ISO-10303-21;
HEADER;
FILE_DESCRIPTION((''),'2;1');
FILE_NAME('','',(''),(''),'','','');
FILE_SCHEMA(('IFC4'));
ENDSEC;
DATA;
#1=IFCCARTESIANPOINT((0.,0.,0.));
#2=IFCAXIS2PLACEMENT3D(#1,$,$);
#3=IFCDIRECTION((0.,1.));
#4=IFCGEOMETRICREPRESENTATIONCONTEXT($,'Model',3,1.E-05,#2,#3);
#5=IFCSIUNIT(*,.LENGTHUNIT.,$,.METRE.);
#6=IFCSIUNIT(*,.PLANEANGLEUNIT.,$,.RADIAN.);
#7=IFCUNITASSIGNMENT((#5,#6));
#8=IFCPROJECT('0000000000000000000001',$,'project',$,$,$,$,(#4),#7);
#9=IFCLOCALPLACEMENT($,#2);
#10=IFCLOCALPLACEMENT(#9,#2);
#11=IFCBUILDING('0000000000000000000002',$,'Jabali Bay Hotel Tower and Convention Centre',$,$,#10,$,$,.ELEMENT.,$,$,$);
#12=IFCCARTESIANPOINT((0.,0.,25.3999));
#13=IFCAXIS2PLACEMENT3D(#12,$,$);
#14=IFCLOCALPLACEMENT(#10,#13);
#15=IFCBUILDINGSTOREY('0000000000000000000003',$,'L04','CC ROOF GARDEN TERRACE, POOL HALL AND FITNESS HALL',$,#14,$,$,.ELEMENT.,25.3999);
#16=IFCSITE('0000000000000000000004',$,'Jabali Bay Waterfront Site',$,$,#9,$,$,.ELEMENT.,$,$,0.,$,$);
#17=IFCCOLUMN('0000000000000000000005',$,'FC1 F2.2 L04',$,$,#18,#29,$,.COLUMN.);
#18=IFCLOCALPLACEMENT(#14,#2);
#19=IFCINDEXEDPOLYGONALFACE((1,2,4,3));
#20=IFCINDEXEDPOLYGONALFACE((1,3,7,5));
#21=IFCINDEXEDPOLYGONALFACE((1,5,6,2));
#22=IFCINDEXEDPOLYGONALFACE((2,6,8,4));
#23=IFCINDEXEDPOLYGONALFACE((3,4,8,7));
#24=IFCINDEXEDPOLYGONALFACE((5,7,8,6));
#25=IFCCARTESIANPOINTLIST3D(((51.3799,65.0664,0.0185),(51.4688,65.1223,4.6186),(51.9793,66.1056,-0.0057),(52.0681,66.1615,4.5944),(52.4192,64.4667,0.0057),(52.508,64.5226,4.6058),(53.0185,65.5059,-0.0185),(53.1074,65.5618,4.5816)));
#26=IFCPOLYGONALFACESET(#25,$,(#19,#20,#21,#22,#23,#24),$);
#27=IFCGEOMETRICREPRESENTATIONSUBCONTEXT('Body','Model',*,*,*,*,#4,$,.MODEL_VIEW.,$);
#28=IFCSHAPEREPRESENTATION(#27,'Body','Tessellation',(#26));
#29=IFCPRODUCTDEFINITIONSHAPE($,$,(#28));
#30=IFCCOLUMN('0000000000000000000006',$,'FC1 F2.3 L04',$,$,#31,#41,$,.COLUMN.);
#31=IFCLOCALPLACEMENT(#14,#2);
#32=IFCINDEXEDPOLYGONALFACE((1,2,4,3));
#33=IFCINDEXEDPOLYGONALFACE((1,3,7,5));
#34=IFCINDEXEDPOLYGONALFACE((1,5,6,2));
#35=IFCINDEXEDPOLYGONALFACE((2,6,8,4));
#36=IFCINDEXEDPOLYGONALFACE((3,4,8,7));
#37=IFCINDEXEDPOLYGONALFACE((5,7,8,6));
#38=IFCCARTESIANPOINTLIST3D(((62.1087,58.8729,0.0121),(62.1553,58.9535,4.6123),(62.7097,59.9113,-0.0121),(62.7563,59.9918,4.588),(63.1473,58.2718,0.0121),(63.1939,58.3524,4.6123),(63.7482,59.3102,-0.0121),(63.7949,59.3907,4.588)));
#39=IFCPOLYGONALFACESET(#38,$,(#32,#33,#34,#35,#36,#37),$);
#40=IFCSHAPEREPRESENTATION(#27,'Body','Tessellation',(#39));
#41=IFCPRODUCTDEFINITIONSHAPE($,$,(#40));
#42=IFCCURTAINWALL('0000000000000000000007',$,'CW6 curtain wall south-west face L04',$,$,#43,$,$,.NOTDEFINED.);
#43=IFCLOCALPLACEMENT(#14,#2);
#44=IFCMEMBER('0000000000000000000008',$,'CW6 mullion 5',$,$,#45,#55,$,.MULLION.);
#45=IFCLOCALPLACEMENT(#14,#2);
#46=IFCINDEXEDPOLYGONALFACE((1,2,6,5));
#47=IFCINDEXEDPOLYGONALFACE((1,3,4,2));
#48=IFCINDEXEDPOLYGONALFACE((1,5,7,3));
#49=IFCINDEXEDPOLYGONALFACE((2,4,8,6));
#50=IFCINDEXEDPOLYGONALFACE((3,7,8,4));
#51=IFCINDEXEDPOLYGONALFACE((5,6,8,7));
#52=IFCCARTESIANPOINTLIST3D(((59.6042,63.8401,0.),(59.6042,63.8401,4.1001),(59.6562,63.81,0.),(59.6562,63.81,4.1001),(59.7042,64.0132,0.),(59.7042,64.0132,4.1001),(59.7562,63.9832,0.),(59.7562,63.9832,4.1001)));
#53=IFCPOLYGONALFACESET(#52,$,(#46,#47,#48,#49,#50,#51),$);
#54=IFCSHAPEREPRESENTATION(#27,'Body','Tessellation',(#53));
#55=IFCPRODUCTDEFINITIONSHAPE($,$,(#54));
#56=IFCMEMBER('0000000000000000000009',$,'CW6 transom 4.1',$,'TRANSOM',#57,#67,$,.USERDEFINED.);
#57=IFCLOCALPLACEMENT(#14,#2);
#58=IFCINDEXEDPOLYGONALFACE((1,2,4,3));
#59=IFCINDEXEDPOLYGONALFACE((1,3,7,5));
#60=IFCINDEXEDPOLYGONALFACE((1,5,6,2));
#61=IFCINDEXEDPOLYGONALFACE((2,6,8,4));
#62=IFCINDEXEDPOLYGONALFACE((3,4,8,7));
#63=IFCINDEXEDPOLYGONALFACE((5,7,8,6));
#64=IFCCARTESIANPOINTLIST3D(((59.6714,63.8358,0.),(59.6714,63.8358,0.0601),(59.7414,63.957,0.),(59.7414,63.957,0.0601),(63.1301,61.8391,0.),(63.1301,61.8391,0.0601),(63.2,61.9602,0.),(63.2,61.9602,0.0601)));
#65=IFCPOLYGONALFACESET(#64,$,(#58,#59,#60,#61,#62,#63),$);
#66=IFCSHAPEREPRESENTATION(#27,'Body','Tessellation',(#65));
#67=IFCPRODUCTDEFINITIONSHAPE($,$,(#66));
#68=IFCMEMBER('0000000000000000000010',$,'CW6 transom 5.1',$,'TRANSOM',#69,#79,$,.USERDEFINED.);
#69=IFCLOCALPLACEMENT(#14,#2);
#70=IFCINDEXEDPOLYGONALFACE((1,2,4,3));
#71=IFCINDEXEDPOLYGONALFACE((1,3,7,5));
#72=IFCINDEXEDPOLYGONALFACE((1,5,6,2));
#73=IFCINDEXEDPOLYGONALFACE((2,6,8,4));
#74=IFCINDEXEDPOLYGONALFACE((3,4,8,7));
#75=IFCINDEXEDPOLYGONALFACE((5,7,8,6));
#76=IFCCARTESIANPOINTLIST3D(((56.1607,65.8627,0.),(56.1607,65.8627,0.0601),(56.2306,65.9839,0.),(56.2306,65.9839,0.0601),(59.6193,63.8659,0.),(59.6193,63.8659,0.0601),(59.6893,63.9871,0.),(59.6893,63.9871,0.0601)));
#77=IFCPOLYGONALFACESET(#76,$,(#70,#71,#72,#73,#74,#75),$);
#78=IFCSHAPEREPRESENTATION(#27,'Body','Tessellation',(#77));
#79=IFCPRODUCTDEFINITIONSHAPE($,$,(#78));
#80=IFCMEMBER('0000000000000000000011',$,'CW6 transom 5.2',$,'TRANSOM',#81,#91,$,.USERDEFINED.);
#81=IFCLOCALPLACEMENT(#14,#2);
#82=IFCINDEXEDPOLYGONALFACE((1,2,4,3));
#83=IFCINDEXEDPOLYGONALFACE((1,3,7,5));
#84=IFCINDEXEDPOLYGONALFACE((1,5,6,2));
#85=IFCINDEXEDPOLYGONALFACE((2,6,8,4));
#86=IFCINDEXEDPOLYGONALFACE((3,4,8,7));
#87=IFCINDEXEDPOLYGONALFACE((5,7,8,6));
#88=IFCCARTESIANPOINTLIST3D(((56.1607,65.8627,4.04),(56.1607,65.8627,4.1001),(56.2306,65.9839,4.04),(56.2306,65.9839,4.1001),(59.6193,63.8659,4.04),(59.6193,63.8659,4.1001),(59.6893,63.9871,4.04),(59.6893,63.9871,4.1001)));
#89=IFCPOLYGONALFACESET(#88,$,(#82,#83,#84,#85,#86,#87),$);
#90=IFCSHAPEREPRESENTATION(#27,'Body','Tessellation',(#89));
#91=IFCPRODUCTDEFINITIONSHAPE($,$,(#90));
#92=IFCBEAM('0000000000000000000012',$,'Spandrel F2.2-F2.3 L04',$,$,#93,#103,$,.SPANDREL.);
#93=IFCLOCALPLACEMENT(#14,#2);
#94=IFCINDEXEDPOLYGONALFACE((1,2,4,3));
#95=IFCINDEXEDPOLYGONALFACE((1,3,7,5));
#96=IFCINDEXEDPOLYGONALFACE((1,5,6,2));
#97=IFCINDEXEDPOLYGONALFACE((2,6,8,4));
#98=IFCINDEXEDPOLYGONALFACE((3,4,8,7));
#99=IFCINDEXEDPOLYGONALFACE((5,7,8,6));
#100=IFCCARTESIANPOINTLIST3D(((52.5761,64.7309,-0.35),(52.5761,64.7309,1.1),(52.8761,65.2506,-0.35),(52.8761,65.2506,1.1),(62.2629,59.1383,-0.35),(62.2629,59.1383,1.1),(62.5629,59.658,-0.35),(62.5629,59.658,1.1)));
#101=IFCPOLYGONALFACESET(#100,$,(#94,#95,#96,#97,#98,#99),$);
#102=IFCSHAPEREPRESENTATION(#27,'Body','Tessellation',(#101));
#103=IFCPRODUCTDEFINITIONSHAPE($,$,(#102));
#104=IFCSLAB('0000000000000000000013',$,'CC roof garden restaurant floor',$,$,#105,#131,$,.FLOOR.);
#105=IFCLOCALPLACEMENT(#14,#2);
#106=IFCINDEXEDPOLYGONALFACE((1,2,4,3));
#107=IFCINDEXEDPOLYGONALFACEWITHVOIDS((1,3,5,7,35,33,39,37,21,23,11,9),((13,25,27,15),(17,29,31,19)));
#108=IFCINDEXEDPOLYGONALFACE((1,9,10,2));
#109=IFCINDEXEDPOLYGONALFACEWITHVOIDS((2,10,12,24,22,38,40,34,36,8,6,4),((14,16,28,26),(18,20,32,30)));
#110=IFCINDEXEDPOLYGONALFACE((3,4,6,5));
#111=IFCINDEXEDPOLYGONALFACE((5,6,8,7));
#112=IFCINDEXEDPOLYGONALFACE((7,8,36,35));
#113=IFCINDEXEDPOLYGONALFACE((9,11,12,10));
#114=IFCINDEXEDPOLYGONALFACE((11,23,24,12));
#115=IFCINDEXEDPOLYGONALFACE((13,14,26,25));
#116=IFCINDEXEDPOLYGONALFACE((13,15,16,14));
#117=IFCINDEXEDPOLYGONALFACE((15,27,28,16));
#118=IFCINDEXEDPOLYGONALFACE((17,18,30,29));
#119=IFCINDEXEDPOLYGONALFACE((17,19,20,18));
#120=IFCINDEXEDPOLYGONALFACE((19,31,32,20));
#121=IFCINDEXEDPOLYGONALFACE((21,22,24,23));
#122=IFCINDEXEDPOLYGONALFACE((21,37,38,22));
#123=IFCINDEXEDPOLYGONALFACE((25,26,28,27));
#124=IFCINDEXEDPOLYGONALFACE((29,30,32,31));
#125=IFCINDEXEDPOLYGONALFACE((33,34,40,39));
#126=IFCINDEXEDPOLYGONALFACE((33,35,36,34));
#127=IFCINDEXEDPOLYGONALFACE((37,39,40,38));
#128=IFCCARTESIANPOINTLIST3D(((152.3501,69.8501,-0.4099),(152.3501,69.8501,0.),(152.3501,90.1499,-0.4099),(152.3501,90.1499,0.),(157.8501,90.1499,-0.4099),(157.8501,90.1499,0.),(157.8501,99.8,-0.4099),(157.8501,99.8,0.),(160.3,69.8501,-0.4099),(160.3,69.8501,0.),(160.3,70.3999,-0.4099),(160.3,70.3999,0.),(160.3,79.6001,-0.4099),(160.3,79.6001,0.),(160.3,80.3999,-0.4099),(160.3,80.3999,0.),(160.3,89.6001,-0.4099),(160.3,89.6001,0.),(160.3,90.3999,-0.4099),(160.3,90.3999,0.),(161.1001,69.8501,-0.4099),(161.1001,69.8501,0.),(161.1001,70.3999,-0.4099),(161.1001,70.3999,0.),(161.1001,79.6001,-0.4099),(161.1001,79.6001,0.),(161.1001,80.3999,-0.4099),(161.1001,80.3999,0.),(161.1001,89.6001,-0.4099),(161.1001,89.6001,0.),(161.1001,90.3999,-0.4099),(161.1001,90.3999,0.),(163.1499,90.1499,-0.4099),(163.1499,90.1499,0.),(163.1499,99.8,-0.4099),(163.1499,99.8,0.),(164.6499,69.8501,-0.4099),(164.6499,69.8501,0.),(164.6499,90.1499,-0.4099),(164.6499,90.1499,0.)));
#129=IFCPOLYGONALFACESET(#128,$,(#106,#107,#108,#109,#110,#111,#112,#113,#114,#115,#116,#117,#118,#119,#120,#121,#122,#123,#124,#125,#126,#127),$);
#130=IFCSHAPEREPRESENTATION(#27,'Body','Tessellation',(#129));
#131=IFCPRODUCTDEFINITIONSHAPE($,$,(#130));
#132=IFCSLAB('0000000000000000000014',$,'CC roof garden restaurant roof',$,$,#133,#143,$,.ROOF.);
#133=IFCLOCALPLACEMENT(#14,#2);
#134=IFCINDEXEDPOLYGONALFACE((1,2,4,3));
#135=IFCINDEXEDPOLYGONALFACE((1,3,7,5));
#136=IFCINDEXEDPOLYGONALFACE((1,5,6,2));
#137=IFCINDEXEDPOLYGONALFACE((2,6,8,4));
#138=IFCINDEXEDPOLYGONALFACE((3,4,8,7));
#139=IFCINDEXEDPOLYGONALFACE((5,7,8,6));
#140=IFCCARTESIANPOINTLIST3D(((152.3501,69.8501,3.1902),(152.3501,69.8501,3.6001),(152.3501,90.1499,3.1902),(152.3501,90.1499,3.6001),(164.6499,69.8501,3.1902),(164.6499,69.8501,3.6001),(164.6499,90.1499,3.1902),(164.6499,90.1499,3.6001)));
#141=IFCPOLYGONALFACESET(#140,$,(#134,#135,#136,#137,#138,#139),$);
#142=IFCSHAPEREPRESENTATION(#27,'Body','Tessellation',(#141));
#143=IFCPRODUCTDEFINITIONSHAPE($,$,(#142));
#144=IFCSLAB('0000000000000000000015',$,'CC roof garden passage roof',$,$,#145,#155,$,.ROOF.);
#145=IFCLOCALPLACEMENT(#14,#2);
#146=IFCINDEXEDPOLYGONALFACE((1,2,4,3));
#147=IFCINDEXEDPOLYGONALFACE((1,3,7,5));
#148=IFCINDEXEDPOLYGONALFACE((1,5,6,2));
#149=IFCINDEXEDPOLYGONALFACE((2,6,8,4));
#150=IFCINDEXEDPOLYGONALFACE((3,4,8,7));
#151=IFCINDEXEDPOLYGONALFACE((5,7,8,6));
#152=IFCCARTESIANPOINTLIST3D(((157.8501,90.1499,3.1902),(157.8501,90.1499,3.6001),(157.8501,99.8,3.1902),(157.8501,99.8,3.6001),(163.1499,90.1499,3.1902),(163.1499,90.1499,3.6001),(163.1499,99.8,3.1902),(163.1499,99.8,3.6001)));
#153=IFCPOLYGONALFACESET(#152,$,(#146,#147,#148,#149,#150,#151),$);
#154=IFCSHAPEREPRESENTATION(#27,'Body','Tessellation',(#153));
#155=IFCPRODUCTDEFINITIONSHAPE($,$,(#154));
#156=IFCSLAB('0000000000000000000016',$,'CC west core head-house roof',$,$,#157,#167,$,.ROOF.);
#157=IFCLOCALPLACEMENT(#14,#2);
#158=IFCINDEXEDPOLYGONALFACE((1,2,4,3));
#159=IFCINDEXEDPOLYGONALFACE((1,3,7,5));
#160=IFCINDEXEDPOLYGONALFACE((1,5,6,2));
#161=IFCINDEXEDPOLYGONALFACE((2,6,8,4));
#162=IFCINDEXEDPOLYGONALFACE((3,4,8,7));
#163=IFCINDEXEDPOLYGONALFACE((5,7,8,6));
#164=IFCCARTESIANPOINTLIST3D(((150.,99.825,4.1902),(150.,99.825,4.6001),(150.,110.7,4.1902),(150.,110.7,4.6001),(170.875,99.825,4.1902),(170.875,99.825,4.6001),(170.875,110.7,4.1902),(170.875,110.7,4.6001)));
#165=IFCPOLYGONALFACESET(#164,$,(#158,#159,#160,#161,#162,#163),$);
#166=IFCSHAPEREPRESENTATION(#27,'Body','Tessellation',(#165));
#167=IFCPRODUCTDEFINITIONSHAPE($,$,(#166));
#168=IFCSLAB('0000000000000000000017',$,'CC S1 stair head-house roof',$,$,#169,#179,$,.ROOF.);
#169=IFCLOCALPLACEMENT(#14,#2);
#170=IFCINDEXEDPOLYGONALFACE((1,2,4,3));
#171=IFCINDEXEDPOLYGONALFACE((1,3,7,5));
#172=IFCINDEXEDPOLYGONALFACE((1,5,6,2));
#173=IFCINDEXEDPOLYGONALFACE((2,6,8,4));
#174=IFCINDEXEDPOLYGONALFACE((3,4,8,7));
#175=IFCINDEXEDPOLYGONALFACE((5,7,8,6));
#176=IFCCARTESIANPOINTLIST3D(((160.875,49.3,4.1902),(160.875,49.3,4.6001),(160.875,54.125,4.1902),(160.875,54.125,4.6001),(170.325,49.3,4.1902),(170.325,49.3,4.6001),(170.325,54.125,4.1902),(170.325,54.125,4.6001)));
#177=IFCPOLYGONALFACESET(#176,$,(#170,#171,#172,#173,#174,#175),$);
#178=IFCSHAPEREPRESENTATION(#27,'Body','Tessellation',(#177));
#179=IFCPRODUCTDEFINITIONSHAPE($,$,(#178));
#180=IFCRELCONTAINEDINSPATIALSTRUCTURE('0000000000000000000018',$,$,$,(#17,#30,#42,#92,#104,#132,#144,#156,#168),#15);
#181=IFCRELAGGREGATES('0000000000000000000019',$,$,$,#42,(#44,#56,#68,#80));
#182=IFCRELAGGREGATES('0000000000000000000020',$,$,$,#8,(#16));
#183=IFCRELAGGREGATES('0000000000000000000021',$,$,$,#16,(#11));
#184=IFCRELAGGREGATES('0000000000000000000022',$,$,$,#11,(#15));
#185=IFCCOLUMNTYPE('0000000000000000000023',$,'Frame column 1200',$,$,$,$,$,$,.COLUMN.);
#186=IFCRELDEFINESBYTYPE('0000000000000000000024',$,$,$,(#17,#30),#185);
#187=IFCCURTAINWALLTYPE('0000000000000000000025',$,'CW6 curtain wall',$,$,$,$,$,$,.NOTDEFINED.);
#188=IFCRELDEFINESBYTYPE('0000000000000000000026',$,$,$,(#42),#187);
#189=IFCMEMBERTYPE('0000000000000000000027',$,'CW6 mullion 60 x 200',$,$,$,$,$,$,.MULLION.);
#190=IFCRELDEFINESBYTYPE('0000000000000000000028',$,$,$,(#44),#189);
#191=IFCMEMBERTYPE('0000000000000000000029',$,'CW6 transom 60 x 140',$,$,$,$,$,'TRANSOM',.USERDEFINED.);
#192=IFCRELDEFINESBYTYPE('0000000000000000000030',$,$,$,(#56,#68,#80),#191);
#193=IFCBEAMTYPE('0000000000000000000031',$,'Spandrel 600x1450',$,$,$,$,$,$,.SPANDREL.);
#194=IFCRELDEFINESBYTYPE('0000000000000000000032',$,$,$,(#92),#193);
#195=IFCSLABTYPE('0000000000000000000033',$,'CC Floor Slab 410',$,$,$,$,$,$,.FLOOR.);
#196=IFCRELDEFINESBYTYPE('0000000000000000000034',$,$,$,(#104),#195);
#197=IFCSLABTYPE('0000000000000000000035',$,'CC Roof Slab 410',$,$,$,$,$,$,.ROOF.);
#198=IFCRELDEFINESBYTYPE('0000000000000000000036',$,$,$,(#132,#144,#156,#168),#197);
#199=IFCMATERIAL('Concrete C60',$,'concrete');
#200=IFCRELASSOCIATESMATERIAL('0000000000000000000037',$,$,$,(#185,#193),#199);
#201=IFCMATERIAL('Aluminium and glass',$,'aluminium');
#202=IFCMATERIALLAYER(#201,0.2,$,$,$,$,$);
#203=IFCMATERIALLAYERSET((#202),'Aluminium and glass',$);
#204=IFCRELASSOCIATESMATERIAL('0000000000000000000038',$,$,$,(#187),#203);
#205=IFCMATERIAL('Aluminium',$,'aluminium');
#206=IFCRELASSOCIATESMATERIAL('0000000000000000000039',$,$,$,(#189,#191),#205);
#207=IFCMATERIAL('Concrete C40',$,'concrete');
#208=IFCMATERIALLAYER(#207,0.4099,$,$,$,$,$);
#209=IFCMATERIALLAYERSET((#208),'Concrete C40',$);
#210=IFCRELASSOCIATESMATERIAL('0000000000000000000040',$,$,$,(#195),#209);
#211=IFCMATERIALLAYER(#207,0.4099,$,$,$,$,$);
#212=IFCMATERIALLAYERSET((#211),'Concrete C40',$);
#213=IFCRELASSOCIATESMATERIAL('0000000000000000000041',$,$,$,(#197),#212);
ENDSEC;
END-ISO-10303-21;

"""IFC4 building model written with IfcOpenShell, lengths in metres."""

from ifc_helpers import new_model, si_unit, direction, frame, origin, origin_2d, place, context, subcontext, project, spatial, polyline, rectangle, outline, extrude, material, layer, layer_set, material_profile, profile_set, type_object, element, aggregate, save


model = new_model("IFC4")

# Units and contexts
model_context = context("Model", 3, precision=1e-05, world=origin(), true_north=direction((0.0, 1.0)))
body_context = subcontext(model_context, "Body", "Model", "MODEL_VIEW")
ifc_project = project(units=[si_unit("LENGTHUNIT", "METRE"), si_unit("PLANEANGLEUNIT", "RADIAN")], contexts=[model_context])

# Site, building, storey
site_placement = place(None, origin())
site = spatial("IfcSite", under=ifc_project, at=site_placement, Name="Jabali Bay Waterfront Site", CompositionType="ELEMENT", RefElevation=0.0)
building_placement = place(site_placement, origin())
building = spatial("IfcBuilding", under=site, at=building_placement, Name="Jabali Bay Hotel Tower and Convention Centre", CompositionType="ELEMENT")
storey_placement = place(building_placement, frame((0.0, 0.0, 25.3999)))
storey = spatial("IfcBuildingStorey", under=building, at=storey_placement, Name="L04", Description="CC ROOF GARDEN TERRACE, POOL HALL AND FITNESS HALL", CompositionType="ELEMENT", Elevation=25.3999)

# Columns
ifc_material_1 = material(Name="Concrete C60", Category="concrete")
ifc_material_profile_1 = material_profile(ifc_material_1, rectangle(XDim=1.2, YDim=1.2, at=origin_2d()), Name="Frame column 1200")
ifc_profile_set_1 = profile_set([ifc_material_profile_1], Name="Concrete C60")
column_type = type_object("IfcColumnType", Name="Frame column 1200", PredefinedType="COLUMN", material=ifc_profile_set_1)
column_1_placement = place(storey_placement, frame((52.1992, 65.2861, 0.0), z_axis=(0.019314, 0.012151, 0.99974), x_axis=(-0.866097, 0.499762, 0.010658)))
element("IfcColumn", 1, at=column_1_placement, inside=storey, type_object=column_type, Name="FC1 F2.2 L04", PredefinedType="COLUMN", context=body_context, shape_type="SweptSolid", body=[
    extrude(rectangle(XDim=1.2, YDim=1.2, at=origin_2d()), origin(), (0.0, 0.0, 1.0), 4.6013),
])
column_2_placement = place(storey_placement, frame((62.9285, 59.0916, 0.0), z_axis=(0.010135, 0.01751, 0.999795), x_axis=(-0.865488, 0.500929, 0.0)))
element("IfcColumn", 2, at=column_2_placement, inside=storey, type_object=column_type, Name="FC1 F2.3 L04", PredefinedType="COLUMN", context=body_context, shape_type="SweptSolid", body=[
    extrude(rectangle(XDim=1.2, YDim=1.2, at=origin_2d()), origin(), (0.0, 0.0, 1.0), 4.6011),
])

# Curtain wall, members
ifc_material_2 = material(Name="Aluminium and glass", Category="aluminium")
ifc_layer_1 = layer(ifc_material_2, 0.2)
ifc_layer_set_1 = layer_set([ifc_layer_1], Name="Aluminium and glass")
curtain_wall_type = type_object("IfcCurtainWallType", Name="CW6 curtain wall", PredefinedType="NOTDEFINED", material=ifc_layer_set_1)
curtain_wall_placement = place(storey_placement, origin())
curtain_wall = element("IfcCurtainWall", 3, at=curtain_wall_placement, inside=storey, type_object=curtain_wall_type, Name="CW6 curtain wall south-west face L04", PredefinedType="NOTDEFINED")
ifc_material_3 = material(Name="Aluminium", Category="aluminium")
ifc_material_profile_2 = material_profile(ifc_material_3, rectangle(XDim=0.2, YDim=0.0601, at=origin_2d()), Name="CW6 mullion 60 x 200")
ifc_profile_set_2 = profile_set([ifc_material_profile_2], Name="Aluminium")
member_type_1 = type_object("IfcMemberType", Name="CW6 mullion 60 x 200", PredefinedType="MULLION", material=ifc_profile_set_2)
member_1_placement = place(storey_placement, frame((59.6802, 63.9116, 0.0), z_axis=(0.0, 0.0, 1.0), x_axis=(-0.5, -0.866025, 0.0)))
member_1 = element("IfcMember", 4, at=member_1_placement, type_object=member_type_1, Name="CW6 mullion 5", PredefinedType="MULLION", context=body_context, shape_type="SweptSolid", body=[
    extrude(rectangle(XDim=0.2, YDim=0.0601, at=origin_2d()), origin(), (0.0, 0.0, 1.0), 4.1001),
])
ifc_material_profile_3 = material_profile(ifc_material_3, rectangle(XDim=0.1399, YDim=0.0601, at=origin_2d()), Name="CW6 transom 60 x 140")
ifc_profile_set_3 = profile_set([ifc_material_profile_3], Name="Aluminium")
member_type_2 = type_object("IfcMemberType", Name="CW6 transom 60 x 140", ElementType="TRANSOM", PredefinedType="USERDEFINED", material=ifc_profile_set_3)
member_2_placement = place(storey_placement, frame((63.165, 61.8997, 0.03), z_axis=(-0.866034, 0.499985, 0.0), x_axis=(-0.499985, -0.866034, 0.0)))
member_2 = element("IfcMember", 5, at=member_2_placement, type_object=member_type_2, Name="CW6 transom 4.1", ObjectType="TRANSOM", PredefinedType="USERDEFINED", context=body_context, shape_type="SweptSolid", body=[
    extrude(rectangle(XDim=0.1399, YDim=0.0601, at=origin_2d()), origin(), (0.0, 0.0, 1.0), 3.9937),
])
member_3_placement = place(storey_placement, frame((59.6543, 63.9265, 0.03), z_axis=(-0.866034, 0.499985, 0.0), x_axis=(-0.499985, -0.866034, 0.0)))
member_3 = element("IfcMember", 6, at=member_3_placement, type_object=member_type_2, Name="CW6 transom 5.1", ObjectType="TRANSOM", PredefinedType="USERDEFINED", context=body_context, shape_type="SweptSolid", body=[
    extrude(rectangle(XDim=0.1399, YDim=0.0601, at=origin_2d()), origin(), (0.0, 0.0, 1.0), 3.9937),
])
member_4_placement = place(storey_placement, frame((59.6543, 63.9265, 4.0701), z_axis=(-0.866034, 0.499985, 0.0), x_axis=(-0.499985, -0.866034, 0.0)))
member_4 = element("IfcMember", 7, at=member_4_placement, type_object=member_type_2, Name="CW6 transom 5.2", ObjectType="TRANSOM", PredefinedType="USERDEFINED", context=body_context, shape_type="SweptSolid", body=[
    extrude(rectangle(XDim=0.1399, YDim=0.0601, at=origin_2d()), origin(), (0.0, 0.0, 1.0), 3.9937),
])

# Beam
ifc_material_profile_4 = material_profile(ifc_material_1, rectangle(XDim=0.6001, YDim=1.45, at=origin_2d()), Name="Spandrel 600x1450")
ifc_profile_set_4 = profile_set([ifc_material_profile_4], Name="Concrete C60")
beam_type = type_object("IfcBeamType", Name="Spandrel 600x1450", PredefinedType="SPANDREL", material=ifc_profile_set_4)
beam_placement = place(storey_placement, frame((52.7261, 64.9907, 0.375), z_axis=(0.86603, -0.499991, 0.0), x_axis=(0.499991, 0.86603, 0.0)))
element("IfcBeam", 8, at=beam_placement, inside=storey, type_object=beam_type, Name="Spandrel F2.2-F2.3 L04", PredefinedType="SPANDREL", context=body_context, shape_type="SweptSolid", body=[
    extrude(rectangle(XDim=0.6001, YDim=1.45, at=origin_2d()), origin(), (0.0, 0.0, 1.0), 11.1853),
])

# Slabs
ifc_material_4 = material(Name="Concrete C40", Category="concrete")
ifc_layer_2 = layer(ifc_material_4, 0.4099)
ifc_layer_set_2 = layer_set([ifc_layer_2], Name="Concrete C40")
slab_type_1 = type_object("IfcSlabType", Name="CC Floor Slab 410", PredefinedType="FLOOR", material=ifc_layer_set_2)
slab_1_placement = place(storey_placement, frame((0.0, 0.0, -0.4099)))
element("IfcSlab", 9, at=slab_1_placement, inside=storey, type_object=slab_type_1, Name="CC roof garden restaurant floor", PredefinedType="FLOOR", context=body_context, shape_type="SweptSolid", body=[
    extrude(outline(polyline([(164.6499, 69.8501), (164.6499, 90.1499), (163.1499, 90.1499), (163.1499, 99.8), (157.8501, 99.8), (157.8501, 90.1499), (152.3501, 90.1499), (152.3501, 69.8501), (160.3, 69.8501), (160.3, 70.3999), (161.1001, 70.3999), (161.1001, 69.8501), (164.6499, 69.8501)]), holes=[polyline([(161.1001, 79.6001), (160.3, 79.6001), (160.3, 80.3999), (161.1001, 80.3999), (161.1001, 79.6001)]), polyline([(160.3, 89.6001), (160.3, 90.3999), (161.1001, 90.3999), (161.1001, 89.6001), (160.3, 89.6001)])]), origin(), (0.0, 0.0, 1.0), 0.4099),
])
ifc_layer_3 = layer(ifc_material_4, 0.4099)
ifc_layer_set_3 = layer_set([ifc_layer_3], Name="Concrete C40")
slab_type_2 = type_object("IfcSlabType", Name="CC Roof Slab 410", PredefinedType="ROOF", material=ifc_layer_set_3)
slab_2_placement = place(storey_placement, frame((0.0, 0.0, 3.1902)))
element("IfcSlab", 10, at=slab_2_placement, inside=storey, type_object=slab_type_2, Name="CC roof garden restaurant roof", PredefinedType="ROOF", context=body_context, shape_type="SweptSolid", body=[
    extrude(outline(polyline([(164.6499, 69.8501), (164.6499, 90.1499), (152.3501, 90.1499), (152.3501, 69.8501), (164.6499, 69.8501)])), origin(), (0.0, 0.0, 1.0), 0.4099),
])
slab_3_placement = place(storey_placement, frame((0.0, 0.0, 3.1902)))
element("IfcSlab", 11, at=slab_3_placement, inside=storey, type_object=slab_type_2, Name="CC roof garden passage roof", PredefinedType="ROOF", context=body_context, shape_type="SweptSolid", body=[
    extrude(outline(polyline([(163.1499, 90.1499), (163.1499, 99.8), (157.8501, 99.8), (157.8501, 90.1499), (163.1499, 90.1499)])), origin(), (0.0, 0.0, 1.0), 0.4099),
])
slab_4_placement = place(storey_placement, frame((0.0, 0.0, 4.1902)))
element("IfcSlab", 12, at=slab_4_placement, inside=storey, type_object=slab_type_2, Name="CC west core head-house roof", PredefinedType="ROOF", context=body_context, shape_type="SweptSolid", body=[
    extrude(outline(polyline([(170.875, 99.825), (170.875, 110.7), (150.0, 110.7), (150.0, 99.825), (170.875, 99.825)])), origin(), (0.0, 0.0, 1.0), 0.4099),
])
slab_5_placement = place(storey_placement, frame((0.0, 0.0, 4.1902)))
element("IfcSlab", 13, at=slab_5_placement, inside=storey, type_object=slab_type_2, Name="CC S1 stair head-house roof", PredefinedType="ROOF", context=body_context, shape_type="SweptSolid", body=[
    extrude(outline(polyline([(170.325, 49.3), (170.325, 54.125), (160.875, 54.125), (160.875, 49.3), (170.325, 49.3)])), origin(), (0.0, 0.0, 1.0), 0.4099),
])

aggregate(curtain_wall, [member_1, member_2, member_3, member_4])

save(model, "model.ifc")
